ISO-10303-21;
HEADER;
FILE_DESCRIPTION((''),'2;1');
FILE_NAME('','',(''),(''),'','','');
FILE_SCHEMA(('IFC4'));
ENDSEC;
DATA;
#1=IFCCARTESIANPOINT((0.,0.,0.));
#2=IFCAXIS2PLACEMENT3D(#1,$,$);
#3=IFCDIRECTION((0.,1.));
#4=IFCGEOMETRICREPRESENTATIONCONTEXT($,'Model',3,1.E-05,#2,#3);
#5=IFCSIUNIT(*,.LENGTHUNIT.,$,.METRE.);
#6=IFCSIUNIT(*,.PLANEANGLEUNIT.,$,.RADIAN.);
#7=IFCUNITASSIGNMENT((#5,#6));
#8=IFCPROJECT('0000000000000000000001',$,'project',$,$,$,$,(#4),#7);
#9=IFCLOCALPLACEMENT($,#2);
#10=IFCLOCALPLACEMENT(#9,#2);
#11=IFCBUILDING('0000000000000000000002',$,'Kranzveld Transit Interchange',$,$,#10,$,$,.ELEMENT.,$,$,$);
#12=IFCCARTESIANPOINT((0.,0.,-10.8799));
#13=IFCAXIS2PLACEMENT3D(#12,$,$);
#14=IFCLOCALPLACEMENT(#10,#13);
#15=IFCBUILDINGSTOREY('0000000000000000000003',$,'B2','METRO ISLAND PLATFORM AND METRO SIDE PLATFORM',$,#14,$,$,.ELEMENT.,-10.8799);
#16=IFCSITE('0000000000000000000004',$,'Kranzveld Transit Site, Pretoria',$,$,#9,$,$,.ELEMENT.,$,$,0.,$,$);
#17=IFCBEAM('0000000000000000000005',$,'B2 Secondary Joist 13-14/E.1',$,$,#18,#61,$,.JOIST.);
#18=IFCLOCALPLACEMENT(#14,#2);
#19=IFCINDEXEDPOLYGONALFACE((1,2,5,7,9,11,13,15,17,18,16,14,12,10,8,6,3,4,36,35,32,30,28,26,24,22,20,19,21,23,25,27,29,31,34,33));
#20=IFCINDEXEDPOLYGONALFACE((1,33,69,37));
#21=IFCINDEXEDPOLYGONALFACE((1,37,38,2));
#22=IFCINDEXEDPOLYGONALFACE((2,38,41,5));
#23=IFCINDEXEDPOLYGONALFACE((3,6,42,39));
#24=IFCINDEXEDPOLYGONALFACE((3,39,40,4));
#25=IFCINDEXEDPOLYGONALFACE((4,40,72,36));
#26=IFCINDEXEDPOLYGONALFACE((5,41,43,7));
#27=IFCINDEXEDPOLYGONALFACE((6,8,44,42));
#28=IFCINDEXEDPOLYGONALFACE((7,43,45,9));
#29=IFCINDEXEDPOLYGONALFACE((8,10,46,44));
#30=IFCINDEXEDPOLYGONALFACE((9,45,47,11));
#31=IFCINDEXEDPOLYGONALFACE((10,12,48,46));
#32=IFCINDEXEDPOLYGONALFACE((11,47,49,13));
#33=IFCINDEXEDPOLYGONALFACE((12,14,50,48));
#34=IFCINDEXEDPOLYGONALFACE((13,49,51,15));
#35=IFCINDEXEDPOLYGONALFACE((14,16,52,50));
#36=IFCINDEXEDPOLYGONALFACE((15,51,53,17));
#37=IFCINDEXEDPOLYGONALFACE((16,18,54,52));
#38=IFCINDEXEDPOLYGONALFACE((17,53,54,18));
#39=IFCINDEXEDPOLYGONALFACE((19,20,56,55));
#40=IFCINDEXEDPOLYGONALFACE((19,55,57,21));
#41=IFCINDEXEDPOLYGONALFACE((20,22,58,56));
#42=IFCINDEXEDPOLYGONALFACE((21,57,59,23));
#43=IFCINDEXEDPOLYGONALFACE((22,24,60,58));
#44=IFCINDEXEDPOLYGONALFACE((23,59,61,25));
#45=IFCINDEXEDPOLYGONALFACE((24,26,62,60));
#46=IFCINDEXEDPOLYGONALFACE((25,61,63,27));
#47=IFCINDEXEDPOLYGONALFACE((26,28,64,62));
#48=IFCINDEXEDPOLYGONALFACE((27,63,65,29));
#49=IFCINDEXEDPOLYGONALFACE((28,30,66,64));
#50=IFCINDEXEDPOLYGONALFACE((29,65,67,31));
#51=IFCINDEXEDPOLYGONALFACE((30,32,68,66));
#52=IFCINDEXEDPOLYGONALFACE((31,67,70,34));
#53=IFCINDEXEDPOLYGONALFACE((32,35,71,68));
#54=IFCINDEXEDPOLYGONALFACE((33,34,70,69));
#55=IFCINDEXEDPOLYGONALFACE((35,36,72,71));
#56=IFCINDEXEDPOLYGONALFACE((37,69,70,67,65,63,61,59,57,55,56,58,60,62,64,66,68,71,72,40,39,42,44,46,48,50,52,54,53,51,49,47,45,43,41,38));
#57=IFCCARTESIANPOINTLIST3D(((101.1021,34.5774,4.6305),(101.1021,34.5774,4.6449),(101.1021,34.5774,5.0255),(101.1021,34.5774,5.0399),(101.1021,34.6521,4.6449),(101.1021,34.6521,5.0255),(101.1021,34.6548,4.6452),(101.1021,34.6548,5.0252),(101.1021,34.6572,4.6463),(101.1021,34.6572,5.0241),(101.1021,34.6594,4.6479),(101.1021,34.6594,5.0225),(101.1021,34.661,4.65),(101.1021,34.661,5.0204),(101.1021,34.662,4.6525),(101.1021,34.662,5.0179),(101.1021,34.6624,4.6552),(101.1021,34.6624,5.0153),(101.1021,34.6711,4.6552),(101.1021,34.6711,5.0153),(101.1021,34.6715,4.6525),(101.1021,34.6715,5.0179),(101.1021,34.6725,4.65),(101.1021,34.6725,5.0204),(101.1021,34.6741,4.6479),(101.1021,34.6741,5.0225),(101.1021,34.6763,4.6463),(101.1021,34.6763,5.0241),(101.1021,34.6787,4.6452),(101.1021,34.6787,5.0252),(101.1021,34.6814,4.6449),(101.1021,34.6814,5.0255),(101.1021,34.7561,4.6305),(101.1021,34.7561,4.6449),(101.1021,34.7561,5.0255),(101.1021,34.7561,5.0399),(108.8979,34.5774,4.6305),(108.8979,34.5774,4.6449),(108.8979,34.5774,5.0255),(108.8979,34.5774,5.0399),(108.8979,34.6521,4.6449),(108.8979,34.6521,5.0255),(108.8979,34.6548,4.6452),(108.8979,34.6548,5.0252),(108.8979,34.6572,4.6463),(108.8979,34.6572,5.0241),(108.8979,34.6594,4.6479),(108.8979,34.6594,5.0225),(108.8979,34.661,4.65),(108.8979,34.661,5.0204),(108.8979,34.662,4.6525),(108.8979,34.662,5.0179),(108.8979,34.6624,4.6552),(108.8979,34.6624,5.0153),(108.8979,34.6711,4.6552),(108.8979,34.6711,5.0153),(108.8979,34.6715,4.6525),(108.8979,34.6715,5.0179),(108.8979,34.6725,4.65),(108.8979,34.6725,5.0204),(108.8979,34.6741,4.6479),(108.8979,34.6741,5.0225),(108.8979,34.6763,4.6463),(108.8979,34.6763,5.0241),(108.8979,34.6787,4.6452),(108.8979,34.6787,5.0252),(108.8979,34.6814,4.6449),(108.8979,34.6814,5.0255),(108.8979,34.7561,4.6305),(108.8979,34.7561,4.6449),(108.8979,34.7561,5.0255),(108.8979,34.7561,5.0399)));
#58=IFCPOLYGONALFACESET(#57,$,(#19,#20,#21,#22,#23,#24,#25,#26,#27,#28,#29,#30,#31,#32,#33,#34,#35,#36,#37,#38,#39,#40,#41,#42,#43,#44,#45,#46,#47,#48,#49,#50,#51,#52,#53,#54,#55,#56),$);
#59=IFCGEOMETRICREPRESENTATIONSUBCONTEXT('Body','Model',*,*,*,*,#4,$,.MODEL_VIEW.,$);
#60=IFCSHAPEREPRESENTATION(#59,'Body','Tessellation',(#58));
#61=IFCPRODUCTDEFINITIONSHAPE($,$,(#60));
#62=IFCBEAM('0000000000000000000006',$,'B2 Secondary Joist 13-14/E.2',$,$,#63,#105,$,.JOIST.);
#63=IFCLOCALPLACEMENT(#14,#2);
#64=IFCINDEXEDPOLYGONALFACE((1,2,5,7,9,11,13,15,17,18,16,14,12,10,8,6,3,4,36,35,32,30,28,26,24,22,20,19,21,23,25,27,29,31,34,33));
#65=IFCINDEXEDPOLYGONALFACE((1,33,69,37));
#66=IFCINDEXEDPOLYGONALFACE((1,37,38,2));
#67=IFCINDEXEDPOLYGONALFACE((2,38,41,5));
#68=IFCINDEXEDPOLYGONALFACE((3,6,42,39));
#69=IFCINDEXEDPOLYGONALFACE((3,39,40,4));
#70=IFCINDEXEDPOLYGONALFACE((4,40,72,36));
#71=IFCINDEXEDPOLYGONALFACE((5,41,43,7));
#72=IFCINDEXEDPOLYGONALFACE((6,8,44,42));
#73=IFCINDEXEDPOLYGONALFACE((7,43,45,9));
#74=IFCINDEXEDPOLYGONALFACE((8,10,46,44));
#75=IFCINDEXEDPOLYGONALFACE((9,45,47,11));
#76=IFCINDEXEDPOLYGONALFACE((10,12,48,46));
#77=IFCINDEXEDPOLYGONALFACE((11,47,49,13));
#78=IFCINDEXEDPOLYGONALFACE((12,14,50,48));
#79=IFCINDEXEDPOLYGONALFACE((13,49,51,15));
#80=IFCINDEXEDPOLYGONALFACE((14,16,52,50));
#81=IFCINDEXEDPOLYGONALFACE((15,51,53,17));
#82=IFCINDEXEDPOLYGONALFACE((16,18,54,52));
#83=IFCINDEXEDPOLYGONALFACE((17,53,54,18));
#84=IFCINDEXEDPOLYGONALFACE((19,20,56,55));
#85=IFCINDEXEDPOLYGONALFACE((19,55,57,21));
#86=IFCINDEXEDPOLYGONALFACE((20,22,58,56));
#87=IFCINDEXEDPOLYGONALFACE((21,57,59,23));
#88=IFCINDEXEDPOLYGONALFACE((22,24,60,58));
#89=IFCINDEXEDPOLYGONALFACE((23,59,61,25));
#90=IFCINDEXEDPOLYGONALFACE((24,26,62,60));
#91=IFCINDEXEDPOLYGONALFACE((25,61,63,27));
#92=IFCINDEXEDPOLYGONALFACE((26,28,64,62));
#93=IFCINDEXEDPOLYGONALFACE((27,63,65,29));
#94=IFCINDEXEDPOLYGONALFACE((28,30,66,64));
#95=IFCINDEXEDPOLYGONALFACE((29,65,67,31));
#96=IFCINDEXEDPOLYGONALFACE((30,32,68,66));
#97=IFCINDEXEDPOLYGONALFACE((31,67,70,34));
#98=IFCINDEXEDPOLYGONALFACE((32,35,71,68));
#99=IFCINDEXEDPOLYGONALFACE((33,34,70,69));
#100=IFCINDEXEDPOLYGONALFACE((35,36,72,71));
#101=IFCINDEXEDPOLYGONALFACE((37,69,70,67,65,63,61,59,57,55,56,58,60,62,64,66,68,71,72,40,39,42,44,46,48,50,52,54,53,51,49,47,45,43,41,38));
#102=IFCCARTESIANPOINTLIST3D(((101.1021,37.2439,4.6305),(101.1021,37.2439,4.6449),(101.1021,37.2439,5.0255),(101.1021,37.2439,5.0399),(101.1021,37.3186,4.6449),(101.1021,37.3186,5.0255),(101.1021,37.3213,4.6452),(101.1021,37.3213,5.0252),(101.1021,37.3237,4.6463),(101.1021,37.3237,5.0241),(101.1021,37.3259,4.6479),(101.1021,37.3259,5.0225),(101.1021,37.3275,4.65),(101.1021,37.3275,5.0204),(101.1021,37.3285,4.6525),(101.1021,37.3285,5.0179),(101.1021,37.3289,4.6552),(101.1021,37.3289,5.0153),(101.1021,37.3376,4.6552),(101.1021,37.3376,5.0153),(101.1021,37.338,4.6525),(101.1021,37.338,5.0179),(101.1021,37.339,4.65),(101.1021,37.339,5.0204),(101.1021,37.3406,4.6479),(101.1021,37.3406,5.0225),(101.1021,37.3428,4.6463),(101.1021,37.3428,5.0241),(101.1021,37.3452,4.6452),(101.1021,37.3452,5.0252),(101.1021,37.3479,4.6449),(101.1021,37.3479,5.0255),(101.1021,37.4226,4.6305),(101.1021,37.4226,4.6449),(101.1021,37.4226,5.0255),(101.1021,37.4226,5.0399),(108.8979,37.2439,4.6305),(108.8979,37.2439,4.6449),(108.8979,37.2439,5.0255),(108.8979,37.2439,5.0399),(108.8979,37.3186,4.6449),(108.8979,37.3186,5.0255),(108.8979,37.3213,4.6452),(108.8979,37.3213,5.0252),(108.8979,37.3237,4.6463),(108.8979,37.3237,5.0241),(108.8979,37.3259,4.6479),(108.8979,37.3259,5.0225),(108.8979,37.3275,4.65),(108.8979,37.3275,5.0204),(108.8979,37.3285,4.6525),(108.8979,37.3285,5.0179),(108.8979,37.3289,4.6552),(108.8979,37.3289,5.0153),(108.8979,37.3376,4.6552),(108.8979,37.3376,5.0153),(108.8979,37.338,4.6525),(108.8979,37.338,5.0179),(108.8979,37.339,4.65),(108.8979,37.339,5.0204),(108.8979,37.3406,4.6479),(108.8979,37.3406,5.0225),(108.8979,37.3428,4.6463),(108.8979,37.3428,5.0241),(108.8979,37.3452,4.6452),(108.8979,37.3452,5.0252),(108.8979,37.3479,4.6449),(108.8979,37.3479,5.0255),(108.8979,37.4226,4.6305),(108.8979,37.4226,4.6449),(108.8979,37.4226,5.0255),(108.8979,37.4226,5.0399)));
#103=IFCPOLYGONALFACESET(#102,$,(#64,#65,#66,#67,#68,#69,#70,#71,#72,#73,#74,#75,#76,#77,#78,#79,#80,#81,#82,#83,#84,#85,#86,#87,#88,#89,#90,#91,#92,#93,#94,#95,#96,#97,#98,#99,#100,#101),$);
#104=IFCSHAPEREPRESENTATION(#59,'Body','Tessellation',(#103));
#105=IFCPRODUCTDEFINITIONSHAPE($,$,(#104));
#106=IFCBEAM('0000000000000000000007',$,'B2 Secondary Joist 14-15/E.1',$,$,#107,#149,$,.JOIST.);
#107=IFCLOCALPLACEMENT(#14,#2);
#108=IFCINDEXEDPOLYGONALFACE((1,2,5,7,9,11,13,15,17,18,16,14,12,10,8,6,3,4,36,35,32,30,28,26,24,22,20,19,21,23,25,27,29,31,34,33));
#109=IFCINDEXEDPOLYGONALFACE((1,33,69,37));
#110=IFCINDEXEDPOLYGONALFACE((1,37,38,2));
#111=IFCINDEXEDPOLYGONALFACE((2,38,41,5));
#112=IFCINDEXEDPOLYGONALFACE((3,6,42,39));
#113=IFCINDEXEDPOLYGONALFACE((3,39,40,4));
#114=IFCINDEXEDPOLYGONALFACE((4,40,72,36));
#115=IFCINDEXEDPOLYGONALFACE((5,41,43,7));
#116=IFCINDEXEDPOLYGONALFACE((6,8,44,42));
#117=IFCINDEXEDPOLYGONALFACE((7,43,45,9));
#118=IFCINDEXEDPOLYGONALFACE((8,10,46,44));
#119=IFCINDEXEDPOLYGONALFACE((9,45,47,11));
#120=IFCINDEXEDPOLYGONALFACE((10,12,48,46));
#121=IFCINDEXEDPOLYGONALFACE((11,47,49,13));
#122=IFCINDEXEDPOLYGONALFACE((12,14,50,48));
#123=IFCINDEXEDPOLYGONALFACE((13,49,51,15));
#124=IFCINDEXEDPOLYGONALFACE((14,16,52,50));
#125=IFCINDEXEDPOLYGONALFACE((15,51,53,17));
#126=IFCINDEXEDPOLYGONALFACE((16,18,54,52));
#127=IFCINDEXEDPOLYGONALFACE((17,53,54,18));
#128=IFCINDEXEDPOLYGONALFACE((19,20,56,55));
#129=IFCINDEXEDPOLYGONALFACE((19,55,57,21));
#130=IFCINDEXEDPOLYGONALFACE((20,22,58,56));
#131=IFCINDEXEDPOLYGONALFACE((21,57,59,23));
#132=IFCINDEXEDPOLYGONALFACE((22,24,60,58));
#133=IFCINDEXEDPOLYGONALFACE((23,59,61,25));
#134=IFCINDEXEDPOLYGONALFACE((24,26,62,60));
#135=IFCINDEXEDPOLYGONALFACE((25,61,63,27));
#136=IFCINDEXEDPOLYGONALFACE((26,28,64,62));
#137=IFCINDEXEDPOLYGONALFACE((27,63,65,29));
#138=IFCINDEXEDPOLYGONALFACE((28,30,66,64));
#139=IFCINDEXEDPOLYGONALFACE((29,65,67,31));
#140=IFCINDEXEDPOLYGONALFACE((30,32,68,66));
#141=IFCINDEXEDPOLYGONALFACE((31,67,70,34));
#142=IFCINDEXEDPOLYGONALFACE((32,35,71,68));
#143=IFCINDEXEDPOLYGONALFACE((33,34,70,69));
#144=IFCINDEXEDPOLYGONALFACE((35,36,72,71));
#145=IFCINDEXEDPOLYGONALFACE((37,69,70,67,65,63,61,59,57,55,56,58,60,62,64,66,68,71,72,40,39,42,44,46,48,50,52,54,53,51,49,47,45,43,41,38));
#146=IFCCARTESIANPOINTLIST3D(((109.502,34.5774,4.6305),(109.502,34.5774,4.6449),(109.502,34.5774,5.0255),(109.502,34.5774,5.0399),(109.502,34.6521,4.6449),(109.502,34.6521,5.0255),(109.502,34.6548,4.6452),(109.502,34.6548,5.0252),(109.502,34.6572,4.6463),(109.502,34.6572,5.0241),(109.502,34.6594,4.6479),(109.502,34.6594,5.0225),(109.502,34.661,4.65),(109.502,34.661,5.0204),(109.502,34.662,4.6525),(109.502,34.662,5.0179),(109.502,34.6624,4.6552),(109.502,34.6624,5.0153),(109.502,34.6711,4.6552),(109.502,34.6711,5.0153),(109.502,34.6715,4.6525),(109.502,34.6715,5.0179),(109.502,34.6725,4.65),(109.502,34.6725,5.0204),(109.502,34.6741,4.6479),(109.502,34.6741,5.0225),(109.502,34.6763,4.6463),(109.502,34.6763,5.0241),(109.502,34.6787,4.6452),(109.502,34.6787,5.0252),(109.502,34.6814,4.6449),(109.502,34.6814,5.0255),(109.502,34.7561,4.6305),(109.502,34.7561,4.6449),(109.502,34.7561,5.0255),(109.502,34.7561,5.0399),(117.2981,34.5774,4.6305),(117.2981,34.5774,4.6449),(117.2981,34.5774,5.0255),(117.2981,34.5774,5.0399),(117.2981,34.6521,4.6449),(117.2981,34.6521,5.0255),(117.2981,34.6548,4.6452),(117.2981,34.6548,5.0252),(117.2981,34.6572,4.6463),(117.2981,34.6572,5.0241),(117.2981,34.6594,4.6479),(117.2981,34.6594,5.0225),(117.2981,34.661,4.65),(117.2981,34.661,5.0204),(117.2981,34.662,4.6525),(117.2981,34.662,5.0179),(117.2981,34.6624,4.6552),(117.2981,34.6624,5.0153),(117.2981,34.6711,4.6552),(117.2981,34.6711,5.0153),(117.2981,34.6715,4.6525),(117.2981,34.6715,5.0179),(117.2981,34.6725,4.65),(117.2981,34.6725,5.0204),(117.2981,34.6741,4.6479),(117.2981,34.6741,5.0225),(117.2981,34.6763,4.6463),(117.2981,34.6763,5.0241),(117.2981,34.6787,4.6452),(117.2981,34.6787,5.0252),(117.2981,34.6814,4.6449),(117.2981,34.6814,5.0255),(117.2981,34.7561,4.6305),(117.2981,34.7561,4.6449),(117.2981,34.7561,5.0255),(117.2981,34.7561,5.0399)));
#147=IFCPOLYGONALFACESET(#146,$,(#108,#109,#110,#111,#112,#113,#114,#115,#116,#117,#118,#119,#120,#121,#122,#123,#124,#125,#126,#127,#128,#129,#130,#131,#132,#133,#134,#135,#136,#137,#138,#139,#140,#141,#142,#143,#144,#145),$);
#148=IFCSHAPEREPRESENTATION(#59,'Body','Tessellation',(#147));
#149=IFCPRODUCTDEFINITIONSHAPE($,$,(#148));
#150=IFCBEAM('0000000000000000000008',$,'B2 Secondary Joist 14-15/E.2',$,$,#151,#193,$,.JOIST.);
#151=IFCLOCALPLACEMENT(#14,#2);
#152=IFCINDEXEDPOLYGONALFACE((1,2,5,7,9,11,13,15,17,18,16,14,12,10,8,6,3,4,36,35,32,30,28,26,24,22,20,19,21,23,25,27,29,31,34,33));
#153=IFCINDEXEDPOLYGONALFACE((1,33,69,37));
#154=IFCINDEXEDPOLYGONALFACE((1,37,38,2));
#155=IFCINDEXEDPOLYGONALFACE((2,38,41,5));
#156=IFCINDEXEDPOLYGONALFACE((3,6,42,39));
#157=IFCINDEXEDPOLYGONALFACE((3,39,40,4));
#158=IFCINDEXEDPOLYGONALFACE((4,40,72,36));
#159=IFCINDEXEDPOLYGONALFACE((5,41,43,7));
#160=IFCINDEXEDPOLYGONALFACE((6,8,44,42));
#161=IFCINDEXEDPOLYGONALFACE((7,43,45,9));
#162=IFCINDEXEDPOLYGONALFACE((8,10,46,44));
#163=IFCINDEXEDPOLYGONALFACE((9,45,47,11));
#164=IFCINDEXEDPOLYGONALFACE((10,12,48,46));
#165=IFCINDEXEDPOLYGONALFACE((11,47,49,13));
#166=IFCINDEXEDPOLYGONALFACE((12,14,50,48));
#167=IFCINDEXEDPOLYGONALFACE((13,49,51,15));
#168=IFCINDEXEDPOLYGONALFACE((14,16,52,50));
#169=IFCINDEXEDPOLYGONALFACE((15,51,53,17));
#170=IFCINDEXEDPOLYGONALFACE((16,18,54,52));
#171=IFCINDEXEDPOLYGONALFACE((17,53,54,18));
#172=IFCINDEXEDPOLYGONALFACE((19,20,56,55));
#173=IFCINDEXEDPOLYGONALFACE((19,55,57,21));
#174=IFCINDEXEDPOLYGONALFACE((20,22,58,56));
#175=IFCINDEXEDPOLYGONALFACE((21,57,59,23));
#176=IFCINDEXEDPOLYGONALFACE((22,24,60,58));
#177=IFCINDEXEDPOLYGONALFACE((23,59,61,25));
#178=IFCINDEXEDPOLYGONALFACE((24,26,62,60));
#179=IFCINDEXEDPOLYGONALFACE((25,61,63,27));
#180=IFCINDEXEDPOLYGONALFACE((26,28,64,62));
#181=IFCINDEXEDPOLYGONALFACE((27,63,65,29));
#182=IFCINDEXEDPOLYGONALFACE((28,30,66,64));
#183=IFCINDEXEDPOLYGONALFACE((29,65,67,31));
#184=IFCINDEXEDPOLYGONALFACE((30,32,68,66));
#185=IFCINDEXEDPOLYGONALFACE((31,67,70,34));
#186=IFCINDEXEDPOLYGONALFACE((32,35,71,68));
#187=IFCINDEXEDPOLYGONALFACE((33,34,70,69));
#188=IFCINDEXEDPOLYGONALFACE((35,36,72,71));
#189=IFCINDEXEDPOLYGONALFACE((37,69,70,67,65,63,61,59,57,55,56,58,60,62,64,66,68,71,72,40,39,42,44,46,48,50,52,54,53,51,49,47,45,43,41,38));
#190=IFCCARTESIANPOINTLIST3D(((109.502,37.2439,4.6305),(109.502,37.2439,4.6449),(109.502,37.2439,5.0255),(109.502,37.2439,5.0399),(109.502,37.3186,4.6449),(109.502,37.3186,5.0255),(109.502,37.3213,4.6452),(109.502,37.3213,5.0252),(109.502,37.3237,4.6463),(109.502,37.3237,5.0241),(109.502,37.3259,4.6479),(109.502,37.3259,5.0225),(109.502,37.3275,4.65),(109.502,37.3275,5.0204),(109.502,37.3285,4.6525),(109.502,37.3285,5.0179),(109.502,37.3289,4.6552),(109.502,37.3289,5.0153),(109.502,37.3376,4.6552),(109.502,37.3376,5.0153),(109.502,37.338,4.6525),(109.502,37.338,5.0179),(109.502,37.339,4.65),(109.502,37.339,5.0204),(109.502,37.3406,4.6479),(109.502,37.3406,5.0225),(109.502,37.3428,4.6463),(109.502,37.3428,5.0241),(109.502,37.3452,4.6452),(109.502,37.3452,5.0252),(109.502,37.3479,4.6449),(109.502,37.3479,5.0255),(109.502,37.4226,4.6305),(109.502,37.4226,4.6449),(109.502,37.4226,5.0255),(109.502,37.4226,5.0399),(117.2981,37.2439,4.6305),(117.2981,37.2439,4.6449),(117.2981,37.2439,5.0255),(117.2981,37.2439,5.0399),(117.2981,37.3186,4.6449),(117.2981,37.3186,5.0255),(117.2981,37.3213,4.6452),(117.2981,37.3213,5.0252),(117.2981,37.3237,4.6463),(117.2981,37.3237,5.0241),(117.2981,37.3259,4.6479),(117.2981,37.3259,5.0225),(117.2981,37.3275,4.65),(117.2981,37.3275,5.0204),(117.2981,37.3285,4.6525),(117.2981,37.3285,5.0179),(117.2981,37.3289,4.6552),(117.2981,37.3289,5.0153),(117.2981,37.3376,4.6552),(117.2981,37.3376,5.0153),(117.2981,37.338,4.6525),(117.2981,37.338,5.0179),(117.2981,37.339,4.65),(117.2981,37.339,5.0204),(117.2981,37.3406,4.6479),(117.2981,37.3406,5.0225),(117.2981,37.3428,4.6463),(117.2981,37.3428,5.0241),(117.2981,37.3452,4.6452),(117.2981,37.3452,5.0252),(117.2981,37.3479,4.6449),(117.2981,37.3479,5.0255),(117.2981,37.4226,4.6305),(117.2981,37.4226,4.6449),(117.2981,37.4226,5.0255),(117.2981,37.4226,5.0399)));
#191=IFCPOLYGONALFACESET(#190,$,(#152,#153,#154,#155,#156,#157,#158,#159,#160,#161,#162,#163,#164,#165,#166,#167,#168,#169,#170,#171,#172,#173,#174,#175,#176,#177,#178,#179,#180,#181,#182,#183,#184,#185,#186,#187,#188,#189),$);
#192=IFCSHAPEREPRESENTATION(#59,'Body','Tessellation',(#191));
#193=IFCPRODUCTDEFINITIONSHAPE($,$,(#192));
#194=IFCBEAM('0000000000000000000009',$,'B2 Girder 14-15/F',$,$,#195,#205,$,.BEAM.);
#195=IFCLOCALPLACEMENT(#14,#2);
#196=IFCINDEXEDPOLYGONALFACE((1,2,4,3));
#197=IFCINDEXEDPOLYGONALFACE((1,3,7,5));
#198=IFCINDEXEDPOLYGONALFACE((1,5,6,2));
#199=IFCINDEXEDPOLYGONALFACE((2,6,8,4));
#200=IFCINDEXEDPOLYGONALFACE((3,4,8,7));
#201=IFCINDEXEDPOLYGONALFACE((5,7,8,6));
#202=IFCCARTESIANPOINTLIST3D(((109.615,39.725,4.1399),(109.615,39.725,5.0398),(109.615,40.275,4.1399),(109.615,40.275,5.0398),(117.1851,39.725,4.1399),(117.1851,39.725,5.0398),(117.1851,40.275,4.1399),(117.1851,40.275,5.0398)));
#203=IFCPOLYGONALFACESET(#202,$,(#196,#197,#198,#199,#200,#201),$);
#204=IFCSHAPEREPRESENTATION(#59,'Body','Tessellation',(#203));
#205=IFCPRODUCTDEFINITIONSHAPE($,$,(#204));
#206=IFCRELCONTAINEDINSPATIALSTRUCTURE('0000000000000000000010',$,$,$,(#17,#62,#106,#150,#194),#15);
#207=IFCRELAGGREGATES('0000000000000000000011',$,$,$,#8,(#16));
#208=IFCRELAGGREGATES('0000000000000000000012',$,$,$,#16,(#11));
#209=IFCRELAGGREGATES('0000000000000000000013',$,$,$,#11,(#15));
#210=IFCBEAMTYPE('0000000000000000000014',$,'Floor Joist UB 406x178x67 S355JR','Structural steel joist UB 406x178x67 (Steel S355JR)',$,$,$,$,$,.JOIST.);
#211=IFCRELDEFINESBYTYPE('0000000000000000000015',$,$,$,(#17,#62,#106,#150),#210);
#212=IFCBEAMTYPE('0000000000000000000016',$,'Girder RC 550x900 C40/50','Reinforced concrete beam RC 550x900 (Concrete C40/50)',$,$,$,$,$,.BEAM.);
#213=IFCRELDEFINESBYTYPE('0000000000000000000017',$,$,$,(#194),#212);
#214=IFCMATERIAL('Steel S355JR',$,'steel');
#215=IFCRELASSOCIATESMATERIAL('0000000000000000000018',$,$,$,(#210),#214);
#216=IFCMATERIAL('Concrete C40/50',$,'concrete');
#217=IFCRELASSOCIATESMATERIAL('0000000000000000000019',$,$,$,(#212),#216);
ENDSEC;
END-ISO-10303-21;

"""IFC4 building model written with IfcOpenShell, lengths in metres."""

from ifc_helpers import new_model, si_unit, direction, frame, origin, origin_2d, place, context, subcontext, project, spatial, rectangle, i_section, extrude, material, material_profile, profile_set, type_object, element, save


model = new_model("IFC4")

# Units and contexts
model_context = context("Model", 3, precision=1e-05, world=origin(), true_north=direction((0.0, 1.0)))
body_context = subcontext(model_context, "Body", "Model", "MODEL_VIEW")
ifc_project = project(units=[si_unit("LENGTHUNIT", "METRE"), si_unit("PLANEANGLEUNIT", "RADIAN")], contexts=[model_context])

# Site, building, storey
site_placement = place(None, origin())
site = spatial("IfcSite", under=ifc_project, at=site_placement, Name="Kranzveld Transit Site, Pretoria", CompositionType="ELEMENT", RefElevation=0.0)
building_placement = place(site_placement, origin())
building = spatial("IfcBuilding", under=site, at=building_placement, Name="Kranzveld Transit Interchange", CompositionType="ELEMENT")
storey_placement = place(building_placement, frame((0.0, 0.0, -10.8799)))
storey = spatial("IfcBuildingStorey", under=building, at=storey_placement, Name="B2", Description="METRO ISLAND PLATFORM AND METRO SIDE PLATFORM", CompositionType="ELEMENT", Elevation=-10.8799)

# Beams
ifc_material_1 = material(Name="Steel S355JR", Category="steel")
ifc_material_profile_1 = material_profile(ifc_material_1, i_section(OverallWidth=0.1787, OverallDepth=0.4094, WebThickness=0.0088, FlangeThickness=0.0144, FilletRadius=0.0103, at=origin_2d()), Name="UB 406x178x67")
ifc_profile_set_1 = profile_set([ifc_material_profile_1], Name="Steel S355JR")
beam_type_1 = type_object("IfcBeamType", Name="Floor Joist UB 406x178x67 S355JR", Description="Structural steel joist UB 406x178x67 (Steel S355JR)", PredefinedType="JOIST", material=ifc_profile_set_1)
for number, where, z_axis, x_axis, name in (
    (1, (101.1021, 34.6667, 4.8352), (1.0, 0.0, 0.0), (0.0, 1.0, 0.0), "B2 Secondary Joist 13-14/E.1"),
    (2, (101.1021, 37.3333, 4.8352), (1.0, 0.0, 0.0), (0.0, 1.0, 0.0), "B2 Secondary Joist 13-14/E.2"),
):
    element("IfcBeam", number, at=place(storey_placement, frame(where, z_axis=z_axis, x_axis=x_axis)), inside=storey, type_object=beam_type_1, Name=name, PredefinedType="JOIST", context=body_context, shape_type="SweptSolid", body=[
        extrude(i_section(OverallWidth=0.1787, OverallDepth=0.4094, WebThickness=0.0088, FlangeThickness=0.0144, FilletRadius=0.0103, at=origin_2d()), origin(), (0.0, 0.0, 1.0), 7.7959),
    ])
for number, where, z_axis, x_axis, name in (
    (3, (109.502, 34.6667, 4.8352), (1.0, 0.0, 0.0), (0.0, 1.0, 0.0), "B2 Secondary Joist 14-15/E.1"),
    (4, (109.502, 37.3333, 4.8352), (1.0, 0.0, 0.0), (0.0, 1.0, 0.0), "B2 Secondary Joist 14-15/E.2"),
):
    element("IfcBeam", number, at=place(storey_placement, frame(where, z_axis=z_axis, x_axis=x_axis)), inside=storey, type_object=beam_type_1, Name=name, PredefinedType="JOIST", context=body_context, shape_type="SweptSolid", body=[
        extrude(i_section(OverallWidth=0.1787, OverallDepth=0.4094, WebThickness=0.0088, FlangeThickness=0.0144, FilletRadius=0.0103, at=origin_2d()), origin(), (0.0, 0.0, 1.0), 7.7961),
    ])
ifc_material_2 = material(Name="Concrete C40/50", Category="concrete")
ifc_material_profile_2 = material_profile(ifc_material_2, rectangle(XDim=0.55, YDim=0.8999, at=origin_2d()), Name="RC 550x900")
ifc_profile_set_2 = profile_set([ifc_material_profile_2], Name="Concrete C40/50")
beam_type_2 = type_object("IfcBeamType", Name="Girder RC 550x900 C40/50", Description="Reinforced concrete beam RC 550x900 (Concrete C40/50)", PredefinedType="BEAM", material=ifc_profile_set_2)
beam_1_placement = place(storey_placement, frame((109.615, 40.0, 4.5898), z_axis=(1.0, 0.0, 0.0), x_axis=(0.0, 1.0, 0.0)))
element("IfcBeam", 5, at=beam_1_placement, inside=storey, type_object=beam_type_2, Name="B2 Girder 14-15/F", PredefinedType="BEAM", context=body_context, shape_type="SweptSolid", body=[
    extrude(rectangle(XDim=0.55, YDim=0.8999, at=origin_2d()), origin(), (0.0, 0.0, 1.0), 7.5701),
])

save(model, "model.ifc")
